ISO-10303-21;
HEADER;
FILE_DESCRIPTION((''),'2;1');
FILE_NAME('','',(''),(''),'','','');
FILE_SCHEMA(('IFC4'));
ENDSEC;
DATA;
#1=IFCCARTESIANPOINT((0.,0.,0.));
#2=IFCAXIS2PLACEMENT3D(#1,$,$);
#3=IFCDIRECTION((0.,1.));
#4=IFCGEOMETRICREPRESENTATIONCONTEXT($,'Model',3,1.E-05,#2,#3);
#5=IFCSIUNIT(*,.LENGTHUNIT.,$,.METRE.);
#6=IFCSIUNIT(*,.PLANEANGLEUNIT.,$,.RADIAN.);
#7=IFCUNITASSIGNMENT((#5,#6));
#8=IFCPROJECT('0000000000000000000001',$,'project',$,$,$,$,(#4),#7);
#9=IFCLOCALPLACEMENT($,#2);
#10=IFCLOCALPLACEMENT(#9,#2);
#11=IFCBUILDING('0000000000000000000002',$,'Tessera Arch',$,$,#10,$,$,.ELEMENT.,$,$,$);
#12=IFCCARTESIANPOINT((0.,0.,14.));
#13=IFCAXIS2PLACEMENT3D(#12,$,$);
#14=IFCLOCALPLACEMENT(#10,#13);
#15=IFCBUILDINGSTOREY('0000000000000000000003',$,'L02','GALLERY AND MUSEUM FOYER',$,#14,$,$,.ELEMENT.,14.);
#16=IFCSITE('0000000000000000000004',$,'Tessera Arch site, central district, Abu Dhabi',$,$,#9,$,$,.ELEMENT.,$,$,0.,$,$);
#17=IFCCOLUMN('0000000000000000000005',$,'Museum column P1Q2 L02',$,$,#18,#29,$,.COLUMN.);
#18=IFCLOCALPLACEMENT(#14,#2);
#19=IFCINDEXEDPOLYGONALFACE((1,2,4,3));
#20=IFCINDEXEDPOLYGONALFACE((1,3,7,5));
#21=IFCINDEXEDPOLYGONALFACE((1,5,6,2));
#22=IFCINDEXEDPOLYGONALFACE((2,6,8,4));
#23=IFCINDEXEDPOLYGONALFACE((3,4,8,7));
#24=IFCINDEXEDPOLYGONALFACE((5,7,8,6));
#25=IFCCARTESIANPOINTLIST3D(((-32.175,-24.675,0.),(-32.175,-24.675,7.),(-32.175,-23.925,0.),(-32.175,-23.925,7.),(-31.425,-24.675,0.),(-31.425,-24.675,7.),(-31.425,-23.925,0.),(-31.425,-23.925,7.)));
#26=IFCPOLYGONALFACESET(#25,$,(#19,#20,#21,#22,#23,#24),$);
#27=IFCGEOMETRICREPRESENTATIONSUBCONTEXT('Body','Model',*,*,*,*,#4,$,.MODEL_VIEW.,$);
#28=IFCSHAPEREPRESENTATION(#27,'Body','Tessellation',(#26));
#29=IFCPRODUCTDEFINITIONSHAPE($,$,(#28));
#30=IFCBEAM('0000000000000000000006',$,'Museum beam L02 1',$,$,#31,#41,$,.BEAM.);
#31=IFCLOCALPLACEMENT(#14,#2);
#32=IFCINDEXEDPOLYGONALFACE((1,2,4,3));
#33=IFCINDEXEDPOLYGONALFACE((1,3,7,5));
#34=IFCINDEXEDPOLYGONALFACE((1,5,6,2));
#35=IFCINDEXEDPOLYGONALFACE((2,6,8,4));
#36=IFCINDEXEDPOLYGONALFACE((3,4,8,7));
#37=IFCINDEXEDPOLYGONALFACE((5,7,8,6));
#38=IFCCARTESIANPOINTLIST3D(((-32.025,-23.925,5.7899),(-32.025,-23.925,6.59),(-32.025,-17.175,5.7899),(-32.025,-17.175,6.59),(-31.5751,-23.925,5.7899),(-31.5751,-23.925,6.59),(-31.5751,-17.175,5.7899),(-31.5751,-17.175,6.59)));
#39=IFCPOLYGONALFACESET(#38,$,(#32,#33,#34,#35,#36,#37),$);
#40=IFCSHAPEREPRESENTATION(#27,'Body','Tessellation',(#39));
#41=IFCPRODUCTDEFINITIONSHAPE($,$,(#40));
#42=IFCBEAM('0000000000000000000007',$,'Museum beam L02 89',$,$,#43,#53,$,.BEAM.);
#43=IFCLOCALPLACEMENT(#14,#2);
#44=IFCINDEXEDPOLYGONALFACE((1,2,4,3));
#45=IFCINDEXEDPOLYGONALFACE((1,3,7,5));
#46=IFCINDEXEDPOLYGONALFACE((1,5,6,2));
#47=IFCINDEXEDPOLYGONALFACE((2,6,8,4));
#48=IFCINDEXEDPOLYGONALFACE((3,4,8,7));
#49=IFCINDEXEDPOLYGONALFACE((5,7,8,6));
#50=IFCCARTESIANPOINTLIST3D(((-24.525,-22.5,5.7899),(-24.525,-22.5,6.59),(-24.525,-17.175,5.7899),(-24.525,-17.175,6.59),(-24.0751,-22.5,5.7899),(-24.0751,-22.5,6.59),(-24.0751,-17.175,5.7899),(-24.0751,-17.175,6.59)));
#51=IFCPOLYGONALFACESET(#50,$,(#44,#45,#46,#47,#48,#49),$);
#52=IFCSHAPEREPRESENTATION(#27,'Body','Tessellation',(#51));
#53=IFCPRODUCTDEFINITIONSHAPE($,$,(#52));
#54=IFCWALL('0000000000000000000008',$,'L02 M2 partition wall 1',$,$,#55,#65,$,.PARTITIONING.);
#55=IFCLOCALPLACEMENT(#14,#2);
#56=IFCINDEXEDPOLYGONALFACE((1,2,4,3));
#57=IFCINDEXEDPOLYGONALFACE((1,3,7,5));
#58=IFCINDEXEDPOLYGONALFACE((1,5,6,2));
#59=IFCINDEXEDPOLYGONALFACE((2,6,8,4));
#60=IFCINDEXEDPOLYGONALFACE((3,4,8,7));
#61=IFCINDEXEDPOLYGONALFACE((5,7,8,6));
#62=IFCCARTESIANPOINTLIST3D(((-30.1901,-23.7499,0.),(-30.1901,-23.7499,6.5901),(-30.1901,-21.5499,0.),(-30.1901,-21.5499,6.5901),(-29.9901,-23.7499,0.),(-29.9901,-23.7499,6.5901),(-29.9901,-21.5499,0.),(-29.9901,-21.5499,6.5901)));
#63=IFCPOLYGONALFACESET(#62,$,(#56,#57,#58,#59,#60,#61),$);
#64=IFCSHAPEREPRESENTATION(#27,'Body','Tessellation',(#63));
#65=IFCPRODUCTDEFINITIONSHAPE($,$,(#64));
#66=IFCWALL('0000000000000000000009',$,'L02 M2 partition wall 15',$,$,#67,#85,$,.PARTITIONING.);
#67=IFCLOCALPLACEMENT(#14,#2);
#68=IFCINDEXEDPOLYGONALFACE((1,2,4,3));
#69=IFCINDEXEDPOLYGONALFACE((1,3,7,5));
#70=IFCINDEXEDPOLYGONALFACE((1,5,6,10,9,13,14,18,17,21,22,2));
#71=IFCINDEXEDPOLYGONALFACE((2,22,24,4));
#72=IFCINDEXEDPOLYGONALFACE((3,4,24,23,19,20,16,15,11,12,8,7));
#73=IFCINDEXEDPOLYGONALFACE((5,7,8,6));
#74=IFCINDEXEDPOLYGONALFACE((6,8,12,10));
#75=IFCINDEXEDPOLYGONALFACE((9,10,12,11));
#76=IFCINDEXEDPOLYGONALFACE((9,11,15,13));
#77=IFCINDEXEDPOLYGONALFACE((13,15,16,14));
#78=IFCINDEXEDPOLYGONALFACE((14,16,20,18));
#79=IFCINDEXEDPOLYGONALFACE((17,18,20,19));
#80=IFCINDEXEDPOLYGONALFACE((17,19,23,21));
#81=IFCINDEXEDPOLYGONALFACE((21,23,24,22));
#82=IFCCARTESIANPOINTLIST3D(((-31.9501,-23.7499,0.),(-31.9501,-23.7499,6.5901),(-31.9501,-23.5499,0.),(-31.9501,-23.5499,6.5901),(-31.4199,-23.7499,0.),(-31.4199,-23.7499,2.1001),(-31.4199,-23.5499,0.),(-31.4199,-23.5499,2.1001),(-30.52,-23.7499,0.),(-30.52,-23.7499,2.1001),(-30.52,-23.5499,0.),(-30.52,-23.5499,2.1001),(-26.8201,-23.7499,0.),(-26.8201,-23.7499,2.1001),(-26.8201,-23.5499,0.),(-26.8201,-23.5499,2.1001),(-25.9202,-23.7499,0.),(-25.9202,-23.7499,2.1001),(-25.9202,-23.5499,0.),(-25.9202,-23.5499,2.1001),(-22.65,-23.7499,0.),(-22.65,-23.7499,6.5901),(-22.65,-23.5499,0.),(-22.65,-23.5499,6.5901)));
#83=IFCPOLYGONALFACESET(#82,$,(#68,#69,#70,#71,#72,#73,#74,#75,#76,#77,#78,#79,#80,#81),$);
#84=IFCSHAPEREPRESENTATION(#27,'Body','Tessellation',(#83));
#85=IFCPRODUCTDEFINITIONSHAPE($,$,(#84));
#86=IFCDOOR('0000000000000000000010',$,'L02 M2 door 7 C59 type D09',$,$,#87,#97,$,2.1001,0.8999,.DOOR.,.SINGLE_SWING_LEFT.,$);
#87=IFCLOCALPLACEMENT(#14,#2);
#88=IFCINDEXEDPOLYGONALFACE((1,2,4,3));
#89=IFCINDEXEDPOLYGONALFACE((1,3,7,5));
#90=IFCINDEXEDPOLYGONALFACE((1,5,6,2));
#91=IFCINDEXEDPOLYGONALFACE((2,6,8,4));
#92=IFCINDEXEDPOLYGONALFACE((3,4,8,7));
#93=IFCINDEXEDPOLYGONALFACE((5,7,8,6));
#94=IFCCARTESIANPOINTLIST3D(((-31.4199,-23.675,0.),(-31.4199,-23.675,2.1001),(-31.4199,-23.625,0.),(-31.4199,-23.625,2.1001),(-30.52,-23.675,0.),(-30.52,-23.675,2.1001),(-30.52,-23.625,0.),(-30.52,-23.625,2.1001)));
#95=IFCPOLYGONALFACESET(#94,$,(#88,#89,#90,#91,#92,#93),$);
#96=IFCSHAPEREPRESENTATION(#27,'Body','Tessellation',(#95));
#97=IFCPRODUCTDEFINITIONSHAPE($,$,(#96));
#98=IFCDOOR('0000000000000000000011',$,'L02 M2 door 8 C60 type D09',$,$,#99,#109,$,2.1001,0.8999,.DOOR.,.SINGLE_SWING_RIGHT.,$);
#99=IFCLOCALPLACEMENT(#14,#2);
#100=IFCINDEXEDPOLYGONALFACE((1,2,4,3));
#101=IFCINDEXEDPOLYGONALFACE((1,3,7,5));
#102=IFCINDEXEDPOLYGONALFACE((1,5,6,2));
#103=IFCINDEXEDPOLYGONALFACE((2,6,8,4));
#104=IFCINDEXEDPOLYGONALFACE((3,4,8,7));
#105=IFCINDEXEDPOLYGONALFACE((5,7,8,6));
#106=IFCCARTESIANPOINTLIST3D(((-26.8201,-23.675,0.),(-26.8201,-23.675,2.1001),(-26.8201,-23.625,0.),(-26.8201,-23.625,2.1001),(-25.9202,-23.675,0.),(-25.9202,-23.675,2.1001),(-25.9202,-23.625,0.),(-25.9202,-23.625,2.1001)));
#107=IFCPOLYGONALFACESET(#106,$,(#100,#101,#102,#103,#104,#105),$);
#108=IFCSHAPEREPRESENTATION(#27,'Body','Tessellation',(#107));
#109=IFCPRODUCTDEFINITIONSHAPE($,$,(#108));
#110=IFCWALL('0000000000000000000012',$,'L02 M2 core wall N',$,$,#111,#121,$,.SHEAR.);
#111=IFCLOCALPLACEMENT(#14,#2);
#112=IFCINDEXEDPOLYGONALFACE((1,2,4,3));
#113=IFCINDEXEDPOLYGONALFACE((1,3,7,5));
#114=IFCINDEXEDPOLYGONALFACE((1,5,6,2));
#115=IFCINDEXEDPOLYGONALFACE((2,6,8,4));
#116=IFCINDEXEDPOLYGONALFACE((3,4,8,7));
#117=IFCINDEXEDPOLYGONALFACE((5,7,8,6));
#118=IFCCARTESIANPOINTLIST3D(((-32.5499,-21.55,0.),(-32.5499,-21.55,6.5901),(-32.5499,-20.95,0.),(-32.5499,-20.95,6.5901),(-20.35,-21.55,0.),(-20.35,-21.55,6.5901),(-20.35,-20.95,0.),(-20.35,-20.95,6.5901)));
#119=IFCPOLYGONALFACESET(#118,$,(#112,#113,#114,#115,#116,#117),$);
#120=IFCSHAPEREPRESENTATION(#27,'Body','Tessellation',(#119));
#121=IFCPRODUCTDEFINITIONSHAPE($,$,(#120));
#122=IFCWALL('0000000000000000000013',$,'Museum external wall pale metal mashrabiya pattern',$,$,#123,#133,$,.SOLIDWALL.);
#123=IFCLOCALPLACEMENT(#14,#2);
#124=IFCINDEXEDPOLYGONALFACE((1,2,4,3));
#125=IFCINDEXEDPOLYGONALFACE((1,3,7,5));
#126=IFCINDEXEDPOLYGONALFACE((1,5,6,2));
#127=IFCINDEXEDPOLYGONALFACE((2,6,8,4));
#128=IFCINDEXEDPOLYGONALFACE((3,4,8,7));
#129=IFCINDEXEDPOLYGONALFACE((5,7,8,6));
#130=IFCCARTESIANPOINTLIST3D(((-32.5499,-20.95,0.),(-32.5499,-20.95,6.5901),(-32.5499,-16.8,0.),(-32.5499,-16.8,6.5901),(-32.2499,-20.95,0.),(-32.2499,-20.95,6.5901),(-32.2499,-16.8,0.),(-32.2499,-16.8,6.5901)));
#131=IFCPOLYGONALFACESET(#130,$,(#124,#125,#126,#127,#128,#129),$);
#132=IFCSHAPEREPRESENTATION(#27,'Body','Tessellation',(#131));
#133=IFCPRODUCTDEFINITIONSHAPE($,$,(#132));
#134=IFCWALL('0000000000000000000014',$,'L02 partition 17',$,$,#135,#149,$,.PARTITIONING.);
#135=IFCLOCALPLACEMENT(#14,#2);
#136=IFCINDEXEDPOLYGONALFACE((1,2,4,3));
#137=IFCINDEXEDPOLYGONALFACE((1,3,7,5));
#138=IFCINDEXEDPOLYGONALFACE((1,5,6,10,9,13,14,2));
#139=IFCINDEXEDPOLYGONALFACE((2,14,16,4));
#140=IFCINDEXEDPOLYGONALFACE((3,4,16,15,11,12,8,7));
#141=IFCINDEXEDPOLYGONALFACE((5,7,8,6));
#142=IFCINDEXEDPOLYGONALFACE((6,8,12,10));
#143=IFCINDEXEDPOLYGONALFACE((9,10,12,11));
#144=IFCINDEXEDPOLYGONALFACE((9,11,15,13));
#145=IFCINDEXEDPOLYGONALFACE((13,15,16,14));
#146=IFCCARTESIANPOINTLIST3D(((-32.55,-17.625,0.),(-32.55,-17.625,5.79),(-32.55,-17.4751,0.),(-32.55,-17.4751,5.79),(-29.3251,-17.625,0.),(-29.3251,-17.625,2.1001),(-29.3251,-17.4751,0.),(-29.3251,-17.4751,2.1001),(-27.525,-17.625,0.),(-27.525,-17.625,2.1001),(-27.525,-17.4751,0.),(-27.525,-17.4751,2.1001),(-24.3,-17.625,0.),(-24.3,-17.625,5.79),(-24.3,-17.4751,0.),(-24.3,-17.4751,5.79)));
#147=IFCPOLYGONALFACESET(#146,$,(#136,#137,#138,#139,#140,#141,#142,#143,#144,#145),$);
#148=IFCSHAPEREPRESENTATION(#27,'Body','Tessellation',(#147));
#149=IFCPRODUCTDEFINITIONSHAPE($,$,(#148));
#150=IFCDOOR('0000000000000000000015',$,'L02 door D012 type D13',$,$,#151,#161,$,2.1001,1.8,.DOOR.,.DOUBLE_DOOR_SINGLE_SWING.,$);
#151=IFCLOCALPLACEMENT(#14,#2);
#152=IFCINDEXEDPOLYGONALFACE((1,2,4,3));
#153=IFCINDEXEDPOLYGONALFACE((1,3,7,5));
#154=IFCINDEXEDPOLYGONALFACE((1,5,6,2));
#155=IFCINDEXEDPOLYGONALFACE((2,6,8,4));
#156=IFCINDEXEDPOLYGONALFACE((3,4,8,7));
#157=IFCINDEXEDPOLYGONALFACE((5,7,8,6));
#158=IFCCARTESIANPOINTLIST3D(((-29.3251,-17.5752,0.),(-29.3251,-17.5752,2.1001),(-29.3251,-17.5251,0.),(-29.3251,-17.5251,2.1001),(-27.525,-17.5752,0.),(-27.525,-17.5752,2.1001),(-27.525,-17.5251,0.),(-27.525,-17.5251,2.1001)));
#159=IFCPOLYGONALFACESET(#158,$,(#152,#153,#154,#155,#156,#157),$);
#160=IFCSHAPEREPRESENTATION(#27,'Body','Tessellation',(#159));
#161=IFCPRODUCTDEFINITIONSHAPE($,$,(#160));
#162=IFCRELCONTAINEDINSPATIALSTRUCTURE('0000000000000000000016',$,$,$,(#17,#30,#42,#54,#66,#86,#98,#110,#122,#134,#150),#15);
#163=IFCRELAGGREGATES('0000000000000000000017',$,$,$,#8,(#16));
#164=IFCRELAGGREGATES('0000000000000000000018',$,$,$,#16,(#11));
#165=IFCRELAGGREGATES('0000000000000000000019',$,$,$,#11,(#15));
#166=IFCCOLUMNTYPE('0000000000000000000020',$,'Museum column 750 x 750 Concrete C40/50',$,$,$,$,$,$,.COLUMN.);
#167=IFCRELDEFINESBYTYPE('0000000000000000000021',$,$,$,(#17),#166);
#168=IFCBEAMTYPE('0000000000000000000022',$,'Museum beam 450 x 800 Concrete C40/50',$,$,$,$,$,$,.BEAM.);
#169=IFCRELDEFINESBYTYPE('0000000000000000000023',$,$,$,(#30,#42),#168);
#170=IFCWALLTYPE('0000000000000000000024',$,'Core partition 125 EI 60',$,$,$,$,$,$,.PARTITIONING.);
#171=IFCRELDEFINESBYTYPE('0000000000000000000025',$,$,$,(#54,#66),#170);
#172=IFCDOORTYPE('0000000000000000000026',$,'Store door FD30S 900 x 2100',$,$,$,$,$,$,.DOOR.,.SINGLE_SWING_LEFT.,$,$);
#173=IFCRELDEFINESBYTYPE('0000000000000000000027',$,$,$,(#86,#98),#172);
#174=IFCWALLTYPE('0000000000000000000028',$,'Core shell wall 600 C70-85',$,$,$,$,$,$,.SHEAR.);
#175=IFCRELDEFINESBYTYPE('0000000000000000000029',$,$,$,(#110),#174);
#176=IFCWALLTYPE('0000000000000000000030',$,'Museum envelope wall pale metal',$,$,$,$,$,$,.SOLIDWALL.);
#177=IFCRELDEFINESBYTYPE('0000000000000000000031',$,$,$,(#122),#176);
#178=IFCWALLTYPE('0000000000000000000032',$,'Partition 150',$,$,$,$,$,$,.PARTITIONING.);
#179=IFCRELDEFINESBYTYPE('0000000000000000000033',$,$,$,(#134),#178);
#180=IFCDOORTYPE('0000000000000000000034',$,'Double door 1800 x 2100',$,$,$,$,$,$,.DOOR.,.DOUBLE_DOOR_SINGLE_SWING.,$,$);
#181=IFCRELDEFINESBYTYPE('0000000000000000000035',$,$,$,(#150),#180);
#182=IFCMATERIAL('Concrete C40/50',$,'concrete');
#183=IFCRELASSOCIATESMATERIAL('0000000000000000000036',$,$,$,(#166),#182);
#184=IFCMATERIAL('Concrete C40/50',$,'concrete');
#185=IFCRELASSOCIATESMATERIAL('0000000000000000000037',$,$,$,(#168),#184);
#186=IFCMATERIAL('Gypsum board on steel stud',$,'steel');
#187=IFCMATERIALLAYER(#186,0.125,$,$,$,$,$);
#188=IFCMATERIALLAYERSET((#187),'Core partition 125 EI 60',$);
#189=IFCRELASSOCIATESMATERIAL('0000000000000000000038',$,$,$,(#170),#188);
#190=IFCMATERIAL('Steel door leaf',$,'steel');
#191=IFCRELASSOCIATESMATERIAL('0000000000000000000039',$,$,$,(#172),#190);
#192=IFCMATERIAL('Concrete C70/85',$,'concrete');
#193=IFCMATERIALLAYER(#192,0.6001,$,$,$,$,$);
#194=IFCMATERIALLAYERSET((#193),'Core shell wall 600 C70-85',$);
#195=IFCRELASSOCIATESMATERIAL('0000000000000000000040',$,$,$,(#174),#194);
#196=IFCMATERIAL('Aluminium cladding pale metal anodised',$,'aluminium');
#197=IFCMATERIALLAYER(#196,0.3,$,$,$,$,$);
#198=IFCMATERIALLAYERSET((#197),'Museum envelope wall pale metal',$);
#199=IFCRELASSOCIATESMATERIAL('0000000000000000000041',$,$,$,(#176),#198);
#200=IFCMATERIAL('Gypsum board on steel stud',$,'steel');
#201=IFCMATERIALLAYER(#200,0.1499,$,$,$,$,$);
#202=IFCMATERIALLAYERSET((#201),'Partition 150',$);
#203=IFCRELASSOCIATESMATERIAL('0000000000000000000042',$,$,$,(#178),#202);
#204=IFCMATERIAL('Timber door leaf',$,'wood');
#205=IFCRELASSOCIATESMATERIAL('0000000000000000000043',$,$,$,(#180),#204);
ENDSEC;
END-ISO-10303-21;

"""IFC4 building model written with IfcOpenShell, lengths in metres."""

from ifc_helpers import new_model, si_unit, direction, frame, frame_2d, origin, origin_2d, place, context, subcontext, project, spatial, rectangle, extrude, material, layer, layer_set, material_profile, profile_set, type_object, element, fill, save


model = new_model("IFC4")

# Units and contexts
model_context = context("Model", 3, precision=1e-05, world=origin(), true_north=direction((0.0, 1.0)))
body_context = subcontext(model_context, "Body", "Model", "MODEL_VIEW")
ifc_project = project(units=[si_unit("LENGTHUNIT", "METRE"), si_unit("PLANEANGLEUNIT", "RADIAN")], contexts=[model_context])

# Site, building, storey
site_placement = place(None, origin())
site = spatial("IfcSite", under=ifc_project, at=site_placement, Name="Tessera Arch site, central district, Abu Dhabi", CompositionType="ELEMENT", RefElevation=0.0)
building_placement = place(site_placement, origin())
building = spatial("IfcBuilding", under=site, at=building_placement, Name="Tessera Arch", CompositionType="ELEMENT")
storey_placement = place(building_placement, frame((0.0, 0.0, 14.0)))
storey = spatial("IfcBuildingStorey", under=building, at=storey_placement, Name="L02", Description="GALLERY AND MUSEUM FOYER", CompositionType="ELEMENT", Elevation=14.0)

# Column
ifc_material_1 = material(Name="Concrete C40/50", Category="concrete")
ifc_material_profile_1 = material_profile(ifc_material_1, rectangle(XDim=0.75, YDim=0.75, at=origin_2d()), Name="Museum column 750 x 750 Concrete C40/50")
ifc_profile_set_1 = profile_set([ifc_material_profile_1], Name="Concrete C40/50")
column_type = type_object("IfcColumnType", Name="Museum column 750 x 750 Concrete C40/50", PredefinedType="COLUMN", material=ifc_profile_set_1)
column_placement = place(storey_placement, frame((-31.8, -24.3, 0.0), z_axis=(0.0, 0.0, 1.0), x_axis=(1.0, 0.0, 0.0)))
element("IfcColumn", 1, at=column_placement, inside=storey, type_object=column_type, Name="Museum column P1Q2 L02", PredefinedType="COLUMN", context=body_context, shape_type="SweptSolid", body=[
    extrude(rectangle(XDim=0.75, YDim=0.75, at=origin_2d()), origin(), (0.0, 0.0, 1.0), 7.0),
])

# Beams
ifc_material_2 = material(Name="Concrete C40/50", Category="concrete")
ifc_material_profile_2 = material_profile(ifc_material_2, rectangle(XDim=0.45, YDim=0.8, at=origin_2d()), Name="Museum beam 450 x 800 Concrete C40/50")
ifc_profile_set_2 = profile_set([ifc_material_profile_2], Name="Concrete C40/50")
beam_type = type_object("IfcBeamType", Name="Museum beam 450 x 800 Concrete C40/50", PredefinedType="BEAM", material=ifc_profile_set_2)
beam_1_placement = place(storey_placement, frame((-31.8, -23.925, 6.1899), z_axis=(0.0, 1.0, 0.0), x_axis=(-1.0, 0.0, 0.0)))
element("IfcBeam", 2, at=beam_1_placement, inside=storey, type_object=beam_type, Name="Museum beam L02 1", PredefinedType="BEAM", context=body_context, shape_type="SweptSolid", body=[
    extrude(rectangle(XDim=0.45, YDim=0.8, at=origin_2d()), origin(), (0.0, 0.0, 1.0), 6.75),
])
beam_2_placement = place(storey_placement, frame((-24.3, -17.175, 6.1899), z_axis=(0.0, -1.0, 0.0), x_axis=(1.0, 0.0, 0.0)))
element("IfcBeam", 3, at=beam_2_placement, inside=storey, type_object=beam_type, Name="Museum beam L02 89", PredefinedType="BEAM", context=body_context, shape_type="SweptSolid", body=[
    extrude(rectangle(XDim=0.45, YDim=0.8, at=origin_2d()), origin(), (0.0, 0.0, 1.0), 5.325),
])

# Wall
ifc_material_3 = material(Name="Gypsum board on steel stud", Category="steel")
ifc_layer_1 = layer(ifc_material_3, 0.125)
ifc_layer_set_1 = layer_set([ifc_layer_1], Name="Core partition 125 EI 60")
wall_type_1 = type_object("IfcWallType", Name="Core partition 125 EI 60", PredefinedType="PARTITIONING", material=ifc_layer_set_1)
wall_1_placement = place(storey_placement, frame((-30.0901, -23.75, 0.0), z_axis=(0.0, 0.0, 1.0), x_axis=(0.0, 1.0, 0.0)))
element("IfcWall", 4, at=wall_1_placement, inside=storey, type_object=wall_type_1, Name="L02 M2 partition wall 1", PredefinedType="PARTITIONING", context=body_context, shape_type="SweptSolid", body=[
    extrude(rectangle(XDim=2.2, YDim=0.2, at=frame_2d((1.1001, 0.0))), origin(), (0.0, 0.0, 1.0), 6.5901),
])

# Wall, openings, doors
wall_2_placement = place(storey_placement, frame((-31.95, -23.6499, 0.0), z_axis=(0.0, 0.0, 1.0), x_axis=(1.0, 0.0, 0.0)))
wall_2 = element("IfcWall", 5, at=wall_2_placement, inside=storey, type_object=wall_type_1, Name="L02 M2 partition wall 15", PredefinedType="PARTITIONING", context=body_context, shape_type="SweptSolid", body=[
    extrude(rectangle(XDim=9.3, YDim=0.2, at=frame_2d((4.6499, 0.0))), origin(), (0.0, 0.0, 1.0), 6.5901),
])
opening_1_placement = place(wall_2_placement, frame((0.53, 0.0, 0.0)))
opening_1 = element("IfcOpeningElement", 6, at=opening_1_placement, cuts=wall_2, PredefinedType="OPENING", context=body_context, shape_type="SweptSolid", body=[
    extrude(rectangle(XDim=0.8999, YDim=2.1001, at=frame_2d((0.45, 1.05))), frame((0.0, 0.1099, 0.0), z_axis=(0.0, -1.0, 0.0), x_axis=(1.0, 0.0, 0.0)), (0.0, 0.0, 1.0), 0.22),
])
opening_2_placement = place(wall_2_placement, frame((5.1299, 0.0, 0.0)))
opening_2 = element("IfcOpeningElement", 7, at=opening_2_placement, cuts=wall_2, PredefinedType="OPENING", context=body_context, shape_type="SweptSolid", body=[
    extrude(rectangle(XDim=0.8999, YDim=2.1001, at=frame_2d((0.45, 1.05))), frame((0.0, 0.1099, 0.0), z_axis=(0.0, -1.0, 0.0), x_axis=(1.0, 0.0, 0.0)), (0.0, 0.0, 1.0), 0.22),
])
ifc_material_4 = material(Name="Steel door leaf", Category="steel")
door_type_1 = type_object("IfcDoorType", Name="Store door FD30S 900 x 2100", OperationType="SINGLE_SWING_LEFT", PredefinedType="DOOR", material=ifc_material_4)
door_1_placement = place(opening_1_placement, origin())
door_1 = element("IfcDoor", 8, at=door_1_placement, inside=storey, type_object=door_type_1, Name="L02 M2 door 7 C59 type D09", OperationType="SINGLE_SWING_LEFT", OverallHeight=2.1001, OverallWidth=0.8999, PredefinedType="DOOR", context=body_context, shape_type="SweptSolid", body=[
    extrude(rectangle(XDim=0.8999, YDim=2.1001, at=frame_2d((0.45, 1.05))), frame((0.0, 0.0249, 0.0), z_axis=(0.0, -1.0, 0.0), x_axis=(1.0, 0.0, 0.0)), (0.0, 0.0, 1.0), 0.05),
])
fill(opening_1, door_1)
door_2_placement = place(opening_2_placement, origin())
door_2 = element("IfcDoor", 9, at=door_2_placement, inside=storey, type_object=door_type_1, Name="L02 M2 door 8 C60 type D09", OperationType="SINGLE_SWING_RIGHT", OverallHeight=2.1001, OverallWidth=0.8999, PredefinedType="DOOR", context=body_context, shape_type="SweptSolid", body=[
    extrude(rectangle(XDim=0.8999, YDim=2.1001, at=frame_2d((0.45, 1.05))), frame((0.0, 0.0249, 0.0), z_axis=(0.0, -1.0, 0.0), x_axis=(1.0, 0.0, 0.0)), (0.0, 0.0, 1.0), 0.05),
])
fill(opening_2, door_2)

# Walls
ifc_material_5 = material(Name="Concrete C70/85", Category="concrete")
ifc_layer_2 = layer(ifc_material_5, 0.6001)
ifc_layer_set_2 = layer_set([ifc_layer_2], Name="Core shell wall 600 C70-85")
wall_type_2 = type_object("IfcWallType", Name="Core shell wall 600 C70-85", PredefinedType="SHEAR", material=ifc_layer_set_2)
wall_3_placement = place(storey_placement, frame((-32.55, -21.25, 0.0), z_axis=(0.0, 0.0, 1.0), x_axis=(1.0, 0.0, 0.0)))
element("IfcWall", 10, at=wall_3_placement, inside=storey, type_object=wall_type_2, Name="L02 M2 core wall N", PredefinedType="SHEAR", context=body_context, shape_type="SweptSolid", body=[
    extrude(rectangle(XDim=12.2, YDim=0.6001, at=frame_2d((6.1001, 0.0))), origin(), (0.0, 0.0, 1.0), 6.5901),
])
ifc_material_6 = material(Name="Aluminium cladding pale metal anodised", Category="aluminium")
ifc_layer_3 = layer(ifc_material_6, 0.3)
ifc_layer_set_3 = layer_set([ifc_layer_3], Name="Museum envelope wall pale metal")
wall_type_3 = type_object("IfcWallType", Name="Museum envelope wall pale metal", PredefinedType="SOLIDWALL", material=ifc_layer_set_3)
wall_4_placement = place(storey_placement, frame((-32.3999, -16.8, 0.0), z_axis=(0.0, 0.0, 1.0), x_axis=(0.0, -1.0, 0.0)))
element("IfcWall", 11, at=wall_4_placement, inside=storey, type_object=wall_type_3, Name="Museum external wall pale metal mashrabiya pattern", PredefinedType="SOLIDWALL", context=body_context, shape_type="SweptSolid", body=[
    extrude(rectangle(XDim=4.1499, YDim=0.3, at=frame_2d((2.075, 0.0))), origin(), (0.0, 0.0, 1.0), 6.5901),
])

# Wall, opening, door
ifc_material_7 = material(Name="Gypsum board on steel stud", Category="steel")
ifc_layer_4 = layer(ifc_material_7, 0.1499)
ifc_layer_set_4 = layer_set([ifc_layer_4], Name="Partition 150")
wall_type_4 = type_object("IfcWallType", Name="Partition 150", PredefinedType="PARTITIONING", material=ifc_layer_set_4)
wall_5_placement = place(storey_placement, frame((-32.55, -17.55, 0.0), z_axis=(0.0, 0.0, 1.0), x_axis=(1.0, 0.0, 0.0)))
wall_5 = element("IfcWall", 12, at=wall_5_placement, inside=storey, type_object=wall_type_4, Name="L02 partition 17", PredefinedType="PARTITIONING", context=body_context, shape_type="SweptSolid", body=[
    extrude(rectangle(XDim=8.25, YDim=0.1499, at=frame_2d((4.125, 0.0))), origin(), (0.0, 0.0, 1.0), 5.79),
])
opening_3_placement = place(wall_5_placement, frame((3.2251, 0.0, 0.0)))
opening_3 = element("IfcOpeningElement", 13, at=opening_3_placement, cuts=wall_5, PredefinedType="OPENING", context=body_context, shape_type="SweptSolid", body=[
    extrude(rectangle(XDim=1.8, YDim=2.1001, at=frame_2d((0.8999, 1.05))), frame((0.0, 0.085, 0.0), z_axis=(0.0, -1.0, 0.0), x_axis=(1.0, 0.0, 0.0)), (0.0, 0.0, 1.0), 0.1699),
])
ifc_material_8 = material(Name="Timber door leaf", Category="wood")
door_type_2 = type_object("IfcDoorType", Name="Double door 1800 x 2100", OperationType="DOUBLE_DOOR_SINGLE_SWING", PredefinedType="DOOR", material=ifc_material_8)
door_3_placement = place(opening_3_placement, origin())
door_3 = element("IfcDoor", 14, at=door_3_placement, inside=storey, type_object=door_type_2, Name="L02 door D012 type D13", OperationType="DOUBLE_DOOR_SINGLE_SWING", OverallHeight=2.1001, OverallWidth=1.8, PredefinedType="DOOR", context=body_context, shape_type="SweptSolid", body=[
    extrude(rectangle(XDim=1.8, YDim=2.1001, at=frame_2d((0.8999, 1.05))), frame((0.0, 0.0249, 0.0), z_axis=(0.0, -1.0, 0.0), x_axis=(1.0, 0.0, 0.0)), (0.0, 0.0, 1.0), 0.05),
])
fill(opening_3, door_3)

save(model, "model.ifc")
